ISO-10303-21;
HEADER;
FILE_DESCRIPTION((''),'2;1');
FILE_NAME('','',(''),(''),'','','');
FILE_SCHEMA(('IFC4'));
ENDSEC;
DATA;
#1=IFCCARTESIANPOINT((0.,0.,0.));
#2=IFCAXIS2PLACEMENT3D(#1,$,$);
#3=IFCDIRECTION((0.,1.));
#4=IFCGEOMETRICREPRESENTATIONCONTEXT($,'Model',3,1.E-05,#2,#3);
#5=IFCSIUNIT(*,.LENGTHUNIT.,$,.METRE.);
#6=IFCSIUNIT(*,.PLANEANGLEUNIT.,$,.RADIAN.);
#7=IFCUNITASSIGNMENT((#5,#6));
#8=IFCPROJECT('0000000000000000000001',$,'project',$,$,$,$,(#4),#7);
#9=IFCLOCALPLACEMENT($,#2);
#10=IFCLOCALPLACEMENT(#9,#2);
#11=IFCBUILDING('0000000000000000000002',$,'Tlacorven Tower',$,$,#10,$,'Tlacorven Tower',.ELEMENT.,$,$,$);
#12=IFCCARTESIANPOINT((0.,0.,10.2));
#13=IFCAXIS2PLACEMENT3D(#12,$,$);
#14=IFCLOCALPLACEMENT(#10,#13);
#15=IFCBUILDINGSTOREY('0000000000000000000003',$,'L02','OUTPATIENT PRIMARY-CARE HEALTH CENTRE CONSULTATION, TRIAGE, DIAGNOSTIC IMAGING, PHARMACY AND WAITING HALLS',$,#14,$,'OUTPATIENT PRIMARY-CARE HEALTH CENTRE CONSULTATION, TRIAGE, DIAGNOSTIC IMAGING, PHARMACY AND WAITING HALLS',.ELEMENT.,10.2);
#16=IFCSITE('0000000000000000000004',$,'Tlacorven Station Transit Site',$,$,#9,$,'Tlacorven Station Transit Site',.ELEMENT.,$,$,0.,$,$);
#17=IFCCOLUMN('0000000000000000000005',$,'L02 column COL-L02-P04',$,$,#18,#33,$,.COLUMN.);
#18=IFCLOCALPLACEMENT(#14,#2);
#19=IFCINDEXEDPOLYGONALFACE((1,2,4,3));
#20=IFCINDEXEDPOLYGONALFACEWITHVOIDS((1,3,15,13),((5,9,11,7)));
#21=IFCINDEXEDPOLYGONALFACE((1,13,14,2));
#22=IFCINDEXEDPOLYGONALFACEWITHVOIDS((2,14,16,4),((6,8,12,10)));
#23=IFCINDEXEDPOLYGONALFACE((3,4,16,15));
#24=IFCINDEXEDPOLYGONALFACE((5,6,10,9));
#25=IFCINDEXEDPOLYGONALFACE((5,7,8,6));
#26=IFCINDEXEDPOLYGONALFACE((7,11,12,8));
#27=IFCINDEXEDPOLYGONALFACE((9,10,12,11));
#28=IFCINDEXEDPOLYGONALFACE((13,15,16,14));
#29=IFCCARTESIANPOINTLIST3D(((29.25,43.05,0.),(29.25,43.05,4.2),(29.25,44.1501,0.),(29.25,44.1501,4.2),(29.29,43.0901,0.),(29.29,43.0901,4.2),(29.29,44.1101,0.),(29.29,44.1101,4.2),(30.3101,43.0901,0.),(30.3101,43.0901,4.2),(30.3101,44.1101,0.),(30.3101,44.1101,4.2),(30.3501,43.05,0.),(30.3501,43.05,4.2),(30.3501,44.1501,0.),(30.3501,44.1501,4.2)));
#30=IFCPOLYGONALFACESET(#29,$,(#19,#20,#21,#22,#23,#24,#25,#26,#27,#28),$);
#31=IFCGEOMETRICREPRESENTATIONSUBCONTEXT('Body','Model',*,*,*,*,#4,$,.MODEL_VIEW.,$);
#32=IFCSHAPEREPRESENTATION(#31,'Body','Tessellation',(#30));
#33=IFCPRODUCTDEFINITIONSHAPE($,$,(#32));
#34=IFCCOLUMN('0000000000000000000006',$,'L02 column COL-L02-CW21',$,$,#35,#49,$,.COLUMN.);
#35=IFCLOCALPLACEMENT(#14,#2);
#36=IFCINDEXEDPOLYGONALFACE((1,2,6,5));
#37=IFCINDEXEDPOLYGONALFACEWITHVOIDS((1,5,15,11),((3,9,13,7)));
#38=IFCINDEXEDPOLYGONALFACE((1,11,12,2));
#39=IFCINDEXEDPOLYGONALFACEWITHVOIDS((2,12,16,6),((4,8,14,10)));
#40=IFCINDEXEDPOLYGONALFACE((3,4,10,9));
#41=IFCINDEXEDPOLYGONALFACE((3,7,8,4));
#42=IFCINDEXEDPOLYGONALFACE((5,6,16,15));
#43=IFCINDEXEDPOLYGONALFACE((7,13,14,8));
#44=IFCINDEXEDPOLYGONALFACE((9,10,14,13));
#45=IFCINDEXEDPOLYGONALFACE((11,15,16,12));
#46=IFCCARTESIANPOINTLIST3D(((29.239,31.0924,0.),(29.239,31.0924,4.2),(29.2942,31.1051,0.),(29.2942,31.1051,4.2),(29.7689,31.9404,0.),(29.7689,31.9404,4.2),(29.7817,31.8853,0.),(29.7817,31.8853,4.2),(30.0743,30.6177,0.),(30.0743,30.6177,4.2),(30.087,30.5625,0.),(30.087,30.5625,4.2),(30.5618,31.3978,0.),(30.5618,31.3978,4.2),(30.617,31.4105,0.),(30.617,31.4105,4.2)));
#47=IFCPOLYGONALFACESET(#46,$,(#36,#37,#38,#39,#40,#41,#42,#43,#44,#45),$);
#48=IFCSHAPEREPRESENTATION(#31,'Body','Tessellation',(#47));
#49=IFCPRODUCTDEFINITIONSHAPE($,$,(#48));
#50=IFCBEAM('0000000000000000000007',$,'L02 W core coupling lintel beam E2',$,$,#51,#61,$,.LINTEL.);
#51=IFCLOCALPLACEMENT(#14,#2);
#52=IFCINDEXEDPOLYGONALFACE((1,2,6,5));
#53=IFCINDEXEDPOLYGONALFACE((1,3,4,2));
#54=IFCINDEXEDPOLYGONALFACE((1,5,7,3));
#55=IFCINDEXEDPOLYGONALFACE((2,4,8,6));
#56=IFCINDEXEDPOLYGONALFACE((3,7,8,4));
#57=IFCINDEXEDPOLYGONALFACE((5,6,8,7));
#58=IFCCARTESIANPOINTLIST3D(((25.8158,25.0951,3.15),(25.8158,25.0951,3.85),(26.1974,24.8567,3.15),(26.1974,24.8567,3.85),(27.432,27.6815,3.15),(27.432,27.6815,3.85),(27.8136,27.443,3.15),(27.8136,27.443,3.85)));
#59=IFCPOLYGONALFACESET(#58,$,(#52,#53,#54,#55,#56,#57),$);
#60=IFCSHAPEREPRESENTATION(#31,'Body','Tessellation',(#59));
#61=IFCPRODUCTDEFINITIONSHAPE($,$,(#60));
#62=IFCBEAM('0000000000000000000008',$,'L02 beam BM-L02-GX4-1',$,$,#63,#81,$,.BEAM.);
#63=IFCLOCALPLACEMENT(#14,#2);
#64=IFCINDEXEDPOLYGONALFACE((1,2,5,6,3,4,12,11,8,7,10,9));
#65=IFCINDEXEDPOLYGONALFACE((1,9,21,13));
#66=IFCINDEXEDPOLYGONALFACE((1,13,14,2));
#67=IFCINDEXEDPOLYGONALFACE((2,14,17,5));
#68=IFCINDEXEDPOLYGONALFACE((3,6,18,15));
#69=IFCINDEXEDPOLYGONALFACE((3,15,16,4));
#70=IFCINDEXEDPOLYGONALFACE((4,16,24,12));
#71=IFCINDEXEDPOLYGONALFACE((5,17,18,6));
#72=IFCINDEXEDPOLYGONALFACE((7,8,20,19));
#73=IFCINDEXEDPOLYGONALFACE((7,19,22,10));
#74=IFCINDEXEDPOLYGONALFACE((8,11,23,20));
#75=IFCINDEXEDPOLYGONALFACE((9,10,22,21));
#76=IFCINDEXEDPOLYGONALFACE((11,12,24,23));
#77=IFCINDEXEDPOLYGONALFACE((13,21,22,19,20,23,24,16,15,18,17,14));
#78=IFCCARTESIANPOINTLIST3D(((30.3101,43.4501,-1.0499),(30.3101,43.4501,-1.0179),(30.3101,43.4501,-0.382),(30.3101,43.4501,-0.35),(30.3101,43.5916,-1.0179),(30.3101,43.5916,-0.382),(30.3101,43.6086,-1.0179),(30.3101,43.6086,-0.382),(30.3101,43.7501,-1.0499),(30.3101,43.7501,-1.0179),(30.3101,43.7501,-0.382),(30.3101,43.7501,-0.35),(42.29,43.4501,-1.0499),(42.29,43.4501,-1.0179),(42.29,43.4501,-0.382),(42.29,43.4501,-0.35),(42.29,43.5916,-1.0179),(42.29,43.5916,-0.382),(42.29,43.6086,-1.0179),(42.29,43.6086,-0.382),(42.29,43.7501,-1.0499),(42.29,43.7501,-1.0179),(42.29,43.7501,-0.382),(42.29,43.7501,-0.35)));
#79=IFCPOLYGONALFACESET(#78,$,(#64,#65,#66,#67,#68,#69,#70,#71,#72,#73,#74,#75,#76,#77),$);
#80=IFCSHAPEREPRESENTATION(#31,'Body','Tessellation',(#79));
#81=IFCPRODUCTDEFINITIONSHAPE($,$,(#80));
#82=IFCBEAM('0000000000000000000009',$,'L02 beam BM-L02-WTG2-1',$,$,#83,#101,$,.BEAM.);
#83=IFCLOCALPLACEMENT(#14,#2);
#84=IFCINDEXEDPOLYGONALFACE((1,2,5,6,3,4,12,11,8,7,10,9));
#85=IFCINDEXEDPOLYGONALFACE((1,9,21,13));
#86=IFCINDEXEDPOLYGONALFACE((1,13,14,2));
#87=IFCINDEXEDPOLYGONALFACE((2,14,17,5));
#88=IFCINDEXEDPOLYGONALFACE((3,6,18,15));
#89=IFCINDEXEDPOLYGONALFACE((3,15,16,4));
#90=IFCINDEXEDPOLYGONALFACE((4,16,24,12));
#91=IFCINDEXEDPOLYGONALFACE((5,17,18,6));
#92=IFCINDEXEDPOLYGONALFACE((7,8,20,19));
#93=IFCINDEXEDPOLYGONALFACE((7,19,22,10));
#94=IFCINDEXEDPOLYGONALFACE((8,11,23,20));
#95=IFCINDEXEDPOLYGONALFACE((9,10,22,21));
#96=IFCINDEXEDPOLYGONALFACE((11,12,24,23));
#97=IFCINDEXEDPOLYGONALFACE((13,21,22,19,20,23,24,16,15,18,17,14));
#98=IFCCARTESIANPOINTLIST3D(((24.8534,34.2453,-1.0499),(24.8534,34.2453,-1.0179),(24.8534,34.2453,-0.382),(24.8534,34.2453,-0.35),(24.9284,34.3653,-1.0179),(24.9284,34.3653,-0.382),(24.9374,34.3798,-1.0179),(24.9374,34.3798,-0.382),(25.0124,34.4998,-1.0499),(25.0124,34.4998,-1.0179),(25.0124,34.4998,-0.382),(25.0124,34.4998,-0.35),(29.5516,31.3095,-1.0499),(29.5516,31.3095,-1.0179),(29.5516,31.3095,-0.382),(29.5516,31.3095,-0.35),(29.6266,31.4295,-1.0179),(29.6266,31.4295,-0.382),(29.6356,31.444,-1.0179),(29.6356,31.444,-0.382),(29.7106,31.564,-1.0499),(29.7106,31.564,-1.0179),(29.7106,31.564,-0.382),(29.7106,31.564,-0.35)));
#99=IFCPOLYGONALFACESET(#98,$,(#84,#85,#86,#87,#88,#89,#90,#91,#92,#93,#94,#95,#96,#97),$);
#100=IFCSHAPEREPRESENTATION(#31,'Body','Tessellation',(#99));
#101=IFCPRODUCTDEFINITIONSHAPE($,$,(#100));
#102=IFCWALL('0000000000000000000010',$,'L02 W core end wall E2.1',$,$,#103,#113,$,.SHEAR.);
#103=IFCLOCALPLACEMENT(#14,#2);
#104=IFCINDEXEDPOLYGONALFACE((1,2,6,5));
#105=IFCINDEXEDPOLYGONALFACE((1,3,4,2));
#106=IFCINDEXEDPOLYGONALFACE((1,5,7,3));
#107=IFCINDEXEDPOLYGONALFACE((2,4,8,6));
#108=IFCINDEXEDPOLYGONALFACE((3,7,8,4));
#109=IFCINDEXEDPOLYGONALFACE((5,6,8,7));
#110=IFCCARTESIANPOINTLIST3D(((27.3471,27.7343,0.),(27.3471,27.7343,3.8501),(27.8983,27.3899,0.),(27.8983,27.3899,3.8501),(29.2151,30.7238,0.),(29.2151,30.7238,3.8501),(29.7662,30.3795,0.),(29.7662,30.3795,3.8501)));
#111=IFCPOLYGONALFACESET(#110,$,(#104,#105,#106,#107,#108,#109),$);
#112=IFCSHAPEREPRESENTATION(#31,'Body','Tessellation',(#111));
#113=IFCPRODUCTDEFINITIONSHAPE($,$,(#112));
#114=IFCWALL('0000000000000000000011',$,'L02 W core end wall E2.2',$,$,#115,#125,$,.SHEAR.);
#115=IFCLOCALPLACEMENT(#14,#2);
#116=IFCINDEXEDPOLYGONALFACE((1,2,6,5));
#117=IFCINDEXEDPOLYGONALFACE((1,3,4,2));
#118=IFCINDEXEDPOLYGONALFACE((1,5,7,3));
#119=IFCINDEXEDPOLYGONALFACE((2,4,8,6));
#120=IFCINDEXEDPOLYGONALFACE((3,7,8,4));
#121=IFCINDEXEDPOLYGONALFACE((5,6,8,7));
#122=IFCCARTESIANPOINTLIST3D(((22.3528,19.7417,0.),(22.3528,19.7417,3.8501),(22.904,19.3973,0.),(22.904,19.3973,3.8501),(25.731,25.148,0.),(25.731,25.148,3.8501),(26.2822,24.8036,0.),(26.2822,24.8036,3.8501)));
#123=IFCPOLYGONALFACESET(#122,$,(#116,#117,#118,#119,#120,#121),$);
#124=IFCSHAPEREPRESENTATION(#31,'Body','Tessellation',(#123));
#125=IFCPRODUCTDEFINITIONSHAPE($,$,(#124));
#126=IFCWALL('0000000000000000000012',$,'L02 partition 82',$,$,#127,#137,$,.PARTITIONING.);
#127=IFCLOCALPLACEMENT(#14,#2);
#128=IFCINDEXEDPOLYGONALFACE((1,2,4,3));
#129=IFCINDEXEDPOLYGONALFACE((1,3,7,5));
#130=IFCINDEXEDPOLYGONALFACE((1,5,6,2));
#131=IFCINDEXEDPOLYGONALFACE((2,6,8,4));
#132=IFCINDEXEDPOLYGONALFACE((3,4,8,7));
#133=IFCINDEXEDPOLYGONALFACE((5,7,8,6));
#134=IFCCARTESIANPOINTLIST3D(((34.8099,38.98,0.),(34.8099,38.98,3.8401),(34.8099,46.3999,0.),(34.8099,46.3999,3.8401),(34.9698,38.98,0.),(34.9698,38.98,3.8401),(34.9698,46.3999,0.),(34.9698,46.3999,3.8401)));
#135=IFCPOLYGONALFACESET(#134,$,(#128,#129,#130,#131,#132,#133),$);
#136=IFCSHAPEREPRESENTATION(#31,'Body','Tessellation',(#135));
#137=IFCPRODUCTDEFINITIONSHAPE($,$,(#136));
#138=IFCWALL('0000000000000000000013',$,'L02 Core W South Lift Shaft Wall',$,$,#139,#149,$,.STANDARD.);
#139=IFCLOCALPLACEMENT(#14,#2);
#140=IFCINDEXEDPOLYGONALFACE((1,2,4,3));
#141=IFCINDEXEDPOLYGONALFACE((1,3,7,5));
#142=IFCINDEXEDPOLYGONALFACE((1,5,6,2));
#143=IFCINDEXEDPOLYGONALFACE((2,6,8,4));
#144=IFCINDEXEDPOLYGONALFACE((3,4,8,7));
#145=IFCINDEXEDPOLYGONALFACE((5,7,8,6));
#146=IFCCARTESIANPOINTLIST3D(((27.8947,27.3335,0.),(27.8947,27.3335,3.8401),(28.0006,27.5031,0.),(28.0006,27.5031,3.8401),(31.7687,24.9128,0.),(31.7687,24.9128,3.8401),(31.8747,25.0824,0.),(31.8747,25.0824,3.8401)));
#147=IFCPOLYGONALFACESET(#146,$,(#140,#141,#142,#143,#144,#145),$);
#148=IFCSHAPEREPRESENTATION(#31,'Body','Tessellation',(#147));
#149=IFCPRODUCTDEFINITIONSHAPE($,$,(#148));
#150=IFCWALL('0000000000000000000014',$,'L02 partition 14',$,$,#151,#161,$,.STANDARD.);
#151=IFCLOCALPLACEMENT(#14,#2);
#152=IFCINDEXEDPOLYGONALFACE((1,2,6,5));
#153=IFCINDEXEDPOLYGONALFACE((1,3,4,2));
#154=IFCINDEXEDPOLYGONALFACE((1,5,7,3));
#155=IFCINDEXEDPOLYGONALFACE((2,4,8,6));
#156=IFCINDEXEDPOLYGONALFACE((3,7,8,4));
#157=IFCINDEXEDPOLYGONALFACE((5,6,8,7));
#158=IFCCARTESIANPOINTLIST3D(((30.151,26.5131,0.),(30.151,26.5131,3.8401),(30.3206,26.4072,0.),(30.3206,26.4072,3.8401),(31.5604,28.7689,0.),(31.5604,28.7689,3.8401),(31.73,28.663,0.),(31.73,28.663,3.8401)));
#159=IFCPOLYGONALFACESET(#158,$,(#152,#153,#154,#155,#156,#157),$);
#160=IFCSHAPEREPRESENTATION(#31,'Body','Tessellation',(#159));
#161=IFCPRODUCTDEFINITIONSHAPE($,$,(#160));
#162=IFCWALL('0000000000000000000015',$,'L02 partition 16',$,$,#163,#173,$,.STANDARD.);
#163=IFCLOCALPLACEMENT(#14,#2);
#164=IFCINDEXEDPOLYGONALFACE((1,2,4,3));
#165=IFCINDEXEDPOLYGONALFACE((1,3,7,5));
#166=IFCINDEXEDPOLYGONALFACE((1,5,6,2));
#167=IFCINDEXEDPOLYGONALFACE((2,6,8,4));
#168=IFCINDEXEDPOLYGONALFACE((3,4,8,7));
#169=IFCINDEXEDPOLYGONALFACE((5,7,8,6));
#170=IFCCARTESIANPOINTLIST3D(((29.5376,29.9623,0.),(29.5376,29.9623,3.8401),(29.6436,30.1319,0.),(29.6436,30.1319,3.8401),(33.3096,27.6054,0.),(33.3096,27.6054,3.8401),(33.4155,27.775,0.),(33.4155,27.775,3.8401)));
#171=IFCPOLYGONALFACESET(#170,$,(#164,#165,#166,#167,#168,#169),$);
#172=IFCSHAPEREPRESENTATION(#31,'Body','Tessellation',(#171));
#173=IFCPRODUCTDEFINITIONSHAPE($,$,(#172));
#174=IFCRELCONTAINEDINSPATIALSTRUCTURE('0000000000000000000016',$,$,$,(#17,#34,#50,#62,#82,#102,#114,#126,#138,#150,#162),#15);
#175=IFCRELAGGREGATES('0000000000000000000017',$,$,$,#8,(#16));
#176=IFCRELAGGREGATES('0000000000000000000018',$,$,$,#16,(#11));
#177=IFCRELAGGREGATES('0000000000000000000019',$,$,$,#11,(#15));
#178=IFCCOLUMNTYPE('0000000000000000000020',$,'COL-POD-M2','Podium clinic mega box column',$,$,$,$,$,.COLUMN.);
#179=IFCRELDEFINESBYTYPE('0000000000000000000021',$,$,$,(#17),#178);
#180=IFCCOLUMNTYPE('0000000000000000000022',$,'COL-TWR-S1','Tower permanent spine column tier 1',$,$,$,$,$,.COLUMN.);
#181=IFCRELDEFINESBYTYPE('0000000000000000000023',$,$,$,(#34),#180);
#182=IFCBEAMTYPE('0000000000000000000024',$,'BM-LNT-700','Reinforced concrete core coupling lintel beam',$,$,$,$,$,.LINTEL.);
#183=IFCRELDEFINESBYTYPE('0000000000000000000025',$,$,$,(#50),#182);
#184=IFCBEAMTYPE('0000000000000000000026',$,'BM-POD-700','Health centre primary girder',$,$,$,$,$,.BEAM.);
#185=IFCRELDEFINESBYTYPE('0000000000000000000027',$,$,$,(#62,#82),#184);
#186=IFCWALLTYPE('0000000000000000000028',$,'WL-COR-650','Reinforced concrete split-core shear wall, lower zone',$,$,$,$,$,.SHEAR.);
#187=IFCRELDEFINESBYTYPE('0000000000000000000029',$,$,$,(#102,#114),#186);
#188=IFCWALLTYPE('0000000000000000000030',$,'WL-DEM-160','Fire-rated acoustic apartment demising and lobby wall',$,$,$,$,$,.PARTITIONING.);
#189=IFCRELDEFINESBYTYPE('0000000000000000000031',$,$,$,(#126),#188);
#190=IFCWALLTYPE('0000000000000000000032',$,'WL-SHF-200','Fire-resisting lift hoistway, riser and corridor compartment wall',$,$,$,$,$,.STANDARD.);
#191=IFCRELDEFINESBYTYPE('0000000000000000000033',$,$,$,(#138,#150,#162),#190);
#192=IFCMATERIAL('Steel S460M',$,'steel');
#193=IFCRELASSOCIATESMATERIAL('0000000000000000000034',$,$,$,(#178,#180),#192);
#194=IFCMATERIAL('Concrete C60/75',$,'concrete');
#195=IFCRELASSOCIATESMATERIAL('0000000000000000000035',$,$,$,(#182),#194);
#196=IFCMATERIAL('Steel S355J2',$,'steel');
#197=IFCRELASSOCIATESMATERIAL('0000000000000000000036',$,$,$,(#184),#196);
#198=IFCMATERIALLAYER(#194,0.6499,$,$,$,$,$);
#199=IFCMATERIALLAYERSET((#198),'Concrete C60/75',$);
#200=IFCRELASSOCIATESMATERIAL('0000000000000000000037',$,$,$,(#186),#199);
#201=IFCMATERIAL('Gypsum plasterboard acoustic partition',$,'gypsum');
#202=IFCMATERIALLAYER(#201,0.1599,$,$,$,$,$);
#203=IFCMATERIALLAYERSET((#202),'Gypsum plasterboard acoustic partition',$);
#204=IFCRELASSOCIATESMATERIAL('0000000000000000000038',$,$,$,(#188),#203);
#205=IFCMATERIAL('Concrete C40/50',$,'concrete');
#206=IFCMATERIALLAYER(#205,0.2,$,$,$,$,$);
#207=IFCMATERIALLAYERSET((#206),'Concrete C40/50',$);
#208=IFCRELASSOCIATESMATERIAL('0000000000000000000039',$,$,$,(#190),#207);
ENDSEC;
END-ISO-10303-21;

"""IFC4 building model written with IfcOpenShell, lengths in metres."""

from ifc_helpers import new_model, si_unit, direction, frame, frame_2d, origin, origin_2d, place, context, subcontext, project, spatial, rectangle, hollow_rectangle, i_section, extrude, source, transform, mapped, material, layer, layer_set, material_profile, profile_set, type_object, element, save


model = new_model("IFC4")

# Units and contexts
model_context = context("Model", 3, precision=1e-05, world=origin(), true_north=direction((0.0, 1.0)))
body_context = subcontext(model_context, "Body", "Model", "MODEL_VIEW")
ifc_project = project(units=[si_unit("LENGTHUNIT", "METRE"), si_unit("PLANEANGLEUNIT", "RADIAN")], contexts=[model_context])

# Site, building, storey
site_placement = place(None, origin())
site = spatial("IfcSite", under=ifc_project, at=site_placement, Name="Tlacorven Station Transit Site", LongName="Tlacorven Station Transit Site", CompositionType="ELEMENT", RefElevation=0.0)
building_placement = place(site_placement, origin())
building = spatial("IfcBuilding", under=site, at=building_placement, Name="Tlacorven Tower", LongName="Tlacorven Tower", CompositionType="ELEMENT")
storey_placement = place(building_placement, frame((0.0, 0.0, 10.2)))
storey = spatial("IfcBuildingStorey", under=building, at=storey_placement, Name="L02", Description="OUTPATIENT PRIMARY-CARE HEALTH CENTRE CONSULTATION, TRIAGE, DIAGNOSTIC IMAGING, PHARMACY AND WAITING HALLS", LongName="OUTPATIENT PRIMARY-CARE HEALTH CENTRE CONSULTATION, TRIAGE, DIAGNOSTIC IMAGING, PHARMACY AND WAITING HALLS", CompositionType="ELEMENT", Elevation=10.2)

# Columns
ifc_material_1 = material(Name="Steel S460M", Category="steel")
ifc_material_profile_1 = material_profile(ifc_material_1, hollow_rectangle(XDim=1.1001, YDim=1.1001, WallThickness=0.04, at=origin_2d()), Name="BOX 1100X1100X40")
ifc_profile_set_1 = profile_set([ifc_material_profile_1], Name="Steel S460M")
column_type_1 = type_object("IfcColumnType", Name="COL-POD-M2", Description="Podium clinic mega box column", PredefinedType="COLUMN", material=ifc_profile_set_1)
shared_shape_1 = source(origin(), body_context, "Body", "SweptSolid", [
    extrude(hollow_rectangle(XDim=1.1001, YDim=1.1001, WallThickness=0.04, at=origin_2d()), origin(), (0.0, 0.0, 1.0), 4.2),
])
column_1_placement = place(storey_placement, frame((29.8, 43.6001, 0.0), z_axis=(0.0, 0.0, 1.0), x_axis=(1.0, 0.0, 0.0)))
element("IfcColumn", 1, at=column_1_placement, inside=storey, type_object=column_type_1, Name="L02 column COL-L02-P04", PredefinedType="COLUMN", context=body_context, shape_type="MappedRepresentation", body=[
    mapped(shared_shape_1, transform((0.0, 0.0, 0.0), scale=1.0)),
])
ifc_material_profile_2 = material_profile(ifc_material_1, hollow_rectangle(XDim=1.0, YDim=1.0, WallThickness=0.04, at=origin_2d()), Name="BOX 1000X1000X40")
ifc_profile_set_2 = profile_set([ifc_material_profile_2], Name="Steel S460M")
column_type_2 = type_object("IfcColumnType", Name="COL-TWR-S1", Description="Tower permanent spine column tier 1", PredefinedType="COLUMN", material=ifc_profile_set_2)
shared_shape_2 = source(origin(), body_context, "Body", "SweptSolid", [
    extrude(hollow_rectangle(XDim=1.0, YDim=1.0, WallThickness=0.04, at=origin_2d()), origin(), (0.0, 0.0, 1.0), 4.2),
])
column_2_placement = place(storey_placement, frame((29.928, 31.2515, 0.0), z_axis=(0.0, 0.0, 1.0), x_axis=(-0.848048, 0.529919, 0.0)))
element("IfcColumn", 2, at=column_2_placement, inside=storey, type_object=column_type_2, Name="L02 column COL-L02-CW21", PredefinedType="COLUMN", context=body_context, shape_type="MappedRepresentation", body=[
    mapped(shared_shape_2, transform((0.0, 0.0, 0.0), scale=1.0)),
])

# Beams
ifc_material_2 = material(Name="Concrete C60/75", Category="concrete")
ifc_material_profile_3 = material_profile(ifc_material_2, rectangle(XDim=0.45, YDim=0.7, at=origin_2d()), Name="RC 450X700")
ifc_profile_set_3 = profile_set([ifc_material_profile_3], Name="Concrete C60/75")
beam_type_1 = type_object("IfcBeamType", Name="BM-LNT-700", Description="Reinforced concrete core coupling lintel beam", PredefinedType="LINTEL", material=ifc_profile_set_3)
shared_shape_3 = source(origin(), body_context, "Body", "SweptSolid", [
    extrude(rectangle(XDim=0.45, YDim=0.7, at=origin_2d()), origin(), (0.0, 0.0, 1.0), 3.0498),
])
beam_1_placement = place(storey_placement, frame((27.6228, 27.5623, 3.5), z_axis=(-0.529927, -0.848043, 0.0), x_axis=(0.848043, -0.529927, 0.0)))
element("IfcBeam", 3, at=beam_1_placement, inside=storey, type_object=beam_type_1, Name="L02 W core coupling lintel beam E2", PredefinedType="LINTEL", context=body_context, shape_type="MappedRepresentation", body=[
    mapped(shared_shape_3, transform((0.0, 0.0, 0.0), scale=1.0)),
])
ifc_material_3 = material(Name="Steel S355J2", Category="steel")
ifc_material_profile_4 = material_profile(ifc_material_3, i_section(OverallWidth=0.3, OverallDepth=0.7, WebThickness=0.0171, FlangeThickness=0.032, at=origin_2d()), Name="HEB 700")
ifc_profile_set_4 = profile_set([ifc_material_profile_4], Name="Steel S355J2")
beam_type_2 = type_object("IfcBeamType", Name="BM-POD-700", Description="Health centre primary girder", PredefinedType="BEAM", material=ifc_profile_set_4)
shared_shape_4 = source(origin(), body_context, "Body", "SweptSolid", [
    extrude(i_section(OverallWidth=0.3, OverallDepth=0.7, WebThickness=0.0171, FlangeThickness=0.032, at=origin_2d()), origin(), (0.0, 0.0, 1.0), 11.98),
])
beam_2_placement = place(storey_placement, frame((30.3101, 43.6001, -0.7), z_axis=(1.0, 0.0, 0.0), x_axis=(0.0, 1.0, 0.0)))
element("IfcBeam", 4, at=beam_2_placement, inside=storey, type_object=beam_type_2, Name="L02 beam BM-L02-GX4-1", PredefinedType="BEAM", context=body_context, shape_type="MappedRepresentation", body=[
    mapped(shared_shape_4, transform((0.0, 0.0, 0.0), scale=1.0)),
])
shared_shape_5 = source(origin(), body_context, "Body", "SweptSolid", [
    extrude(i_section(OverallWidth=0.3, OverallDepth=0.7, WebThickness=0.0171, FlangeThickness=0.032, at=origin_2d()), origin(), (0.0, 0.0, 1.0), 5.54),
])
beam_3_placement = place(storey_placement, frame((29.6311, 31.4368, -0.7), z_axis=(-0.848048, 0.52992, 0.0), x_axis=(-0.52992, -0.848048, 0.0)))
element("IfcBeam", 5, at=beam_3_placement, inside=storey, type_object=beam_type_2, Name="L02 beam BM-L02-WTG2-1", PredefinedType="BEAM", context=body_context, shape_type="MappedRepresentation", body=[
    mapped(shared_shape_5, transform((0.0, 0.0, 0.0), scale=1.0)),
])

# Walls
ifc_layer_1 = layer(ifc_material_2, 0.6499)
ifc_layer_set_1 = layer_set([ifc_layer_1], Name="Concrete C60/75")
wall_type_1 = type_object("IfcWallType", Name="WL-COR-650", Description="Reinforced concrete split-core shear wall, lower zone", PredefinedType="SHEAR", material=ifc_layer_set_1)
wall_1_placement = place(storey_placement, frame((29.4907, 30.5518, 0.0), z_axis=(0.0, 0.0, 1.0), x_axis=(-0.529893, -0.848064, 0.0)))
element("IfcWall", 6, at=wall_1_placement, inside=storey, type_object=wall_type_1, Name="L02 W core end wall E2.1", PredefinedType="SHEAR", context=body_context, shape_type="SweptSolid", body=[
    extrude(rectangle(XDim=3.5251, YDim=0.6499, at=frame_2d((1.7627, 0.0))), origin(), (0.0, 0.0, 1.0), 3.8501),
])
wall_2_placement = place(storey_placement, frame((26.0066, 24.9758, 0.0), z_axis=(0.0, 0.0, 1.0), x_axis=(-0.529916, -0.84805, 0.0)))
element("IfcWall", 7, at=wall_2_placement, inside=storey, type_object=wall_type_1, Name="L02 W core end wall E2.2", PredefinedType="SHEAR", context=body_context, shape_type="SweptSolid", body=[
    extrude(rectangle(XDim=6.375, YDim=0.6499, at=frame_2d((3.1875, 0.0))), origin(), (0.0, 0.0, 1.0), 3.8501),
])
ifc_material_4 = material(Name="Gypsum plasterboard acoustic partition", Category="gypsum")
ifc_layer_2 = layer(ifc_material_4, 0.1599)
ifc_layer_set_2 = layer_set([ifc_layer_2], Name="Gypsum plasterboard acoustic partition")
wall_type_2 = type_object("IfcWallType", Name="WL-DEM-160", Description="Fire-rated acoustic apartment demising and lobby wall", PredefinedType="PARTITIONING", material=ifc_layer_set_2)
wall_3_placement = place(storey_placement, frame((34.8899, 38.98, 0.0), z_axis=(0.0, 0.0, 1.0), x_axis=(0.0, 1.0, 0.0)))
element("IfcWall", 8, at=wall_3_placement, inside=storey, type_object=wall_type_2, Name="L02 partition 82", PredefinedType="PARTITIONING", context=body_context, shape_type="SweptSolid", body=[
    extrude(rectangle(XDim=7.4199, YDim=0.1599, at=frame_2d((3.71, 0.0))), origin(), (0.0, 0.0, 1.0), 3.8401),
])
ifc_material_5 = material(Name="Concrete C40/50", Category="concrete")
ifc_layer_3 = layer(ifc_material_5, 0.2)
ifc_layer_set_3 = layer_set([ifc_layer_3], Name="Concrete C40/50")
wall_type_3 = type_object("IfcWallType", Name="WL-SHF-200", Description="Fire-resisting lift hoistway, riser and corridor compartment wall", PredefinedType="STANDARD", material=ifc_layer_set_3)
wall_4_placement = place(storey_placement, frame((31.8218, 24.9976, 0.0), z_axis=(0.0, 0.0, 1.0), x_axis=(-0.848058, 0.529903, 0.0)))
element("IfcWall", 9, at=wall_4_placement, inside=storey, type_object=wall_type_3, Name="L02 Core W South Lift Shaft Wall", PredefinedType="STANDARD", context=body_context, shape_type="SweptSolid", body=[
    extrude(rectangle(XDim=4.5681, YDim=0.2, at=frame_2d((2.2842, 0.0))), origin(), (0.0, 0.0, 1.0), 3.8401),
])
wall_5_placement = place(storey_placement, frame((31.6453, 28.7161, 0.0), z_axis=(0.0, 0.0, 1.0), x_axis=(-0.529867, -0.848081, 0.0)))
element("IfcWall", 10, at=wall_5_placement, inside=storey, type_object=wall_type_3, Name="L02 partition 14", PredefinedType="STANDARD", context=body_context, shape_type="SweptSolid", body=[
    extrude(rectangle(XDim=2.6599, YDim=0.2, at=frame_2d((1.3301, 0.0))), origin(), (0.0, 0.0, 1.0), 3.8401),
])
wall_6_placement = place(storey_placement, frame((33.3625, 27.6902, 0.0), z_axis=(0.0, 0.0, 1.0), x_axis=(-0.848054, 0.52991, 0.0)))
element("IfcWall", 11, at=wall_6_placement, inside=storey, type_object=wall_type_3, Name="L02 partition 16", PredefinedType="STANDARD", context=body_context, shape_type="SweptSolid", body=[
    extrude(rectangle(XDim=4.4478, YDim=0.2, at=frame_2d((2.2239, 0.0))), origin(), (0.0, 0.0, 1.0), 3.8401),
])

save(model, "model.ifc")
